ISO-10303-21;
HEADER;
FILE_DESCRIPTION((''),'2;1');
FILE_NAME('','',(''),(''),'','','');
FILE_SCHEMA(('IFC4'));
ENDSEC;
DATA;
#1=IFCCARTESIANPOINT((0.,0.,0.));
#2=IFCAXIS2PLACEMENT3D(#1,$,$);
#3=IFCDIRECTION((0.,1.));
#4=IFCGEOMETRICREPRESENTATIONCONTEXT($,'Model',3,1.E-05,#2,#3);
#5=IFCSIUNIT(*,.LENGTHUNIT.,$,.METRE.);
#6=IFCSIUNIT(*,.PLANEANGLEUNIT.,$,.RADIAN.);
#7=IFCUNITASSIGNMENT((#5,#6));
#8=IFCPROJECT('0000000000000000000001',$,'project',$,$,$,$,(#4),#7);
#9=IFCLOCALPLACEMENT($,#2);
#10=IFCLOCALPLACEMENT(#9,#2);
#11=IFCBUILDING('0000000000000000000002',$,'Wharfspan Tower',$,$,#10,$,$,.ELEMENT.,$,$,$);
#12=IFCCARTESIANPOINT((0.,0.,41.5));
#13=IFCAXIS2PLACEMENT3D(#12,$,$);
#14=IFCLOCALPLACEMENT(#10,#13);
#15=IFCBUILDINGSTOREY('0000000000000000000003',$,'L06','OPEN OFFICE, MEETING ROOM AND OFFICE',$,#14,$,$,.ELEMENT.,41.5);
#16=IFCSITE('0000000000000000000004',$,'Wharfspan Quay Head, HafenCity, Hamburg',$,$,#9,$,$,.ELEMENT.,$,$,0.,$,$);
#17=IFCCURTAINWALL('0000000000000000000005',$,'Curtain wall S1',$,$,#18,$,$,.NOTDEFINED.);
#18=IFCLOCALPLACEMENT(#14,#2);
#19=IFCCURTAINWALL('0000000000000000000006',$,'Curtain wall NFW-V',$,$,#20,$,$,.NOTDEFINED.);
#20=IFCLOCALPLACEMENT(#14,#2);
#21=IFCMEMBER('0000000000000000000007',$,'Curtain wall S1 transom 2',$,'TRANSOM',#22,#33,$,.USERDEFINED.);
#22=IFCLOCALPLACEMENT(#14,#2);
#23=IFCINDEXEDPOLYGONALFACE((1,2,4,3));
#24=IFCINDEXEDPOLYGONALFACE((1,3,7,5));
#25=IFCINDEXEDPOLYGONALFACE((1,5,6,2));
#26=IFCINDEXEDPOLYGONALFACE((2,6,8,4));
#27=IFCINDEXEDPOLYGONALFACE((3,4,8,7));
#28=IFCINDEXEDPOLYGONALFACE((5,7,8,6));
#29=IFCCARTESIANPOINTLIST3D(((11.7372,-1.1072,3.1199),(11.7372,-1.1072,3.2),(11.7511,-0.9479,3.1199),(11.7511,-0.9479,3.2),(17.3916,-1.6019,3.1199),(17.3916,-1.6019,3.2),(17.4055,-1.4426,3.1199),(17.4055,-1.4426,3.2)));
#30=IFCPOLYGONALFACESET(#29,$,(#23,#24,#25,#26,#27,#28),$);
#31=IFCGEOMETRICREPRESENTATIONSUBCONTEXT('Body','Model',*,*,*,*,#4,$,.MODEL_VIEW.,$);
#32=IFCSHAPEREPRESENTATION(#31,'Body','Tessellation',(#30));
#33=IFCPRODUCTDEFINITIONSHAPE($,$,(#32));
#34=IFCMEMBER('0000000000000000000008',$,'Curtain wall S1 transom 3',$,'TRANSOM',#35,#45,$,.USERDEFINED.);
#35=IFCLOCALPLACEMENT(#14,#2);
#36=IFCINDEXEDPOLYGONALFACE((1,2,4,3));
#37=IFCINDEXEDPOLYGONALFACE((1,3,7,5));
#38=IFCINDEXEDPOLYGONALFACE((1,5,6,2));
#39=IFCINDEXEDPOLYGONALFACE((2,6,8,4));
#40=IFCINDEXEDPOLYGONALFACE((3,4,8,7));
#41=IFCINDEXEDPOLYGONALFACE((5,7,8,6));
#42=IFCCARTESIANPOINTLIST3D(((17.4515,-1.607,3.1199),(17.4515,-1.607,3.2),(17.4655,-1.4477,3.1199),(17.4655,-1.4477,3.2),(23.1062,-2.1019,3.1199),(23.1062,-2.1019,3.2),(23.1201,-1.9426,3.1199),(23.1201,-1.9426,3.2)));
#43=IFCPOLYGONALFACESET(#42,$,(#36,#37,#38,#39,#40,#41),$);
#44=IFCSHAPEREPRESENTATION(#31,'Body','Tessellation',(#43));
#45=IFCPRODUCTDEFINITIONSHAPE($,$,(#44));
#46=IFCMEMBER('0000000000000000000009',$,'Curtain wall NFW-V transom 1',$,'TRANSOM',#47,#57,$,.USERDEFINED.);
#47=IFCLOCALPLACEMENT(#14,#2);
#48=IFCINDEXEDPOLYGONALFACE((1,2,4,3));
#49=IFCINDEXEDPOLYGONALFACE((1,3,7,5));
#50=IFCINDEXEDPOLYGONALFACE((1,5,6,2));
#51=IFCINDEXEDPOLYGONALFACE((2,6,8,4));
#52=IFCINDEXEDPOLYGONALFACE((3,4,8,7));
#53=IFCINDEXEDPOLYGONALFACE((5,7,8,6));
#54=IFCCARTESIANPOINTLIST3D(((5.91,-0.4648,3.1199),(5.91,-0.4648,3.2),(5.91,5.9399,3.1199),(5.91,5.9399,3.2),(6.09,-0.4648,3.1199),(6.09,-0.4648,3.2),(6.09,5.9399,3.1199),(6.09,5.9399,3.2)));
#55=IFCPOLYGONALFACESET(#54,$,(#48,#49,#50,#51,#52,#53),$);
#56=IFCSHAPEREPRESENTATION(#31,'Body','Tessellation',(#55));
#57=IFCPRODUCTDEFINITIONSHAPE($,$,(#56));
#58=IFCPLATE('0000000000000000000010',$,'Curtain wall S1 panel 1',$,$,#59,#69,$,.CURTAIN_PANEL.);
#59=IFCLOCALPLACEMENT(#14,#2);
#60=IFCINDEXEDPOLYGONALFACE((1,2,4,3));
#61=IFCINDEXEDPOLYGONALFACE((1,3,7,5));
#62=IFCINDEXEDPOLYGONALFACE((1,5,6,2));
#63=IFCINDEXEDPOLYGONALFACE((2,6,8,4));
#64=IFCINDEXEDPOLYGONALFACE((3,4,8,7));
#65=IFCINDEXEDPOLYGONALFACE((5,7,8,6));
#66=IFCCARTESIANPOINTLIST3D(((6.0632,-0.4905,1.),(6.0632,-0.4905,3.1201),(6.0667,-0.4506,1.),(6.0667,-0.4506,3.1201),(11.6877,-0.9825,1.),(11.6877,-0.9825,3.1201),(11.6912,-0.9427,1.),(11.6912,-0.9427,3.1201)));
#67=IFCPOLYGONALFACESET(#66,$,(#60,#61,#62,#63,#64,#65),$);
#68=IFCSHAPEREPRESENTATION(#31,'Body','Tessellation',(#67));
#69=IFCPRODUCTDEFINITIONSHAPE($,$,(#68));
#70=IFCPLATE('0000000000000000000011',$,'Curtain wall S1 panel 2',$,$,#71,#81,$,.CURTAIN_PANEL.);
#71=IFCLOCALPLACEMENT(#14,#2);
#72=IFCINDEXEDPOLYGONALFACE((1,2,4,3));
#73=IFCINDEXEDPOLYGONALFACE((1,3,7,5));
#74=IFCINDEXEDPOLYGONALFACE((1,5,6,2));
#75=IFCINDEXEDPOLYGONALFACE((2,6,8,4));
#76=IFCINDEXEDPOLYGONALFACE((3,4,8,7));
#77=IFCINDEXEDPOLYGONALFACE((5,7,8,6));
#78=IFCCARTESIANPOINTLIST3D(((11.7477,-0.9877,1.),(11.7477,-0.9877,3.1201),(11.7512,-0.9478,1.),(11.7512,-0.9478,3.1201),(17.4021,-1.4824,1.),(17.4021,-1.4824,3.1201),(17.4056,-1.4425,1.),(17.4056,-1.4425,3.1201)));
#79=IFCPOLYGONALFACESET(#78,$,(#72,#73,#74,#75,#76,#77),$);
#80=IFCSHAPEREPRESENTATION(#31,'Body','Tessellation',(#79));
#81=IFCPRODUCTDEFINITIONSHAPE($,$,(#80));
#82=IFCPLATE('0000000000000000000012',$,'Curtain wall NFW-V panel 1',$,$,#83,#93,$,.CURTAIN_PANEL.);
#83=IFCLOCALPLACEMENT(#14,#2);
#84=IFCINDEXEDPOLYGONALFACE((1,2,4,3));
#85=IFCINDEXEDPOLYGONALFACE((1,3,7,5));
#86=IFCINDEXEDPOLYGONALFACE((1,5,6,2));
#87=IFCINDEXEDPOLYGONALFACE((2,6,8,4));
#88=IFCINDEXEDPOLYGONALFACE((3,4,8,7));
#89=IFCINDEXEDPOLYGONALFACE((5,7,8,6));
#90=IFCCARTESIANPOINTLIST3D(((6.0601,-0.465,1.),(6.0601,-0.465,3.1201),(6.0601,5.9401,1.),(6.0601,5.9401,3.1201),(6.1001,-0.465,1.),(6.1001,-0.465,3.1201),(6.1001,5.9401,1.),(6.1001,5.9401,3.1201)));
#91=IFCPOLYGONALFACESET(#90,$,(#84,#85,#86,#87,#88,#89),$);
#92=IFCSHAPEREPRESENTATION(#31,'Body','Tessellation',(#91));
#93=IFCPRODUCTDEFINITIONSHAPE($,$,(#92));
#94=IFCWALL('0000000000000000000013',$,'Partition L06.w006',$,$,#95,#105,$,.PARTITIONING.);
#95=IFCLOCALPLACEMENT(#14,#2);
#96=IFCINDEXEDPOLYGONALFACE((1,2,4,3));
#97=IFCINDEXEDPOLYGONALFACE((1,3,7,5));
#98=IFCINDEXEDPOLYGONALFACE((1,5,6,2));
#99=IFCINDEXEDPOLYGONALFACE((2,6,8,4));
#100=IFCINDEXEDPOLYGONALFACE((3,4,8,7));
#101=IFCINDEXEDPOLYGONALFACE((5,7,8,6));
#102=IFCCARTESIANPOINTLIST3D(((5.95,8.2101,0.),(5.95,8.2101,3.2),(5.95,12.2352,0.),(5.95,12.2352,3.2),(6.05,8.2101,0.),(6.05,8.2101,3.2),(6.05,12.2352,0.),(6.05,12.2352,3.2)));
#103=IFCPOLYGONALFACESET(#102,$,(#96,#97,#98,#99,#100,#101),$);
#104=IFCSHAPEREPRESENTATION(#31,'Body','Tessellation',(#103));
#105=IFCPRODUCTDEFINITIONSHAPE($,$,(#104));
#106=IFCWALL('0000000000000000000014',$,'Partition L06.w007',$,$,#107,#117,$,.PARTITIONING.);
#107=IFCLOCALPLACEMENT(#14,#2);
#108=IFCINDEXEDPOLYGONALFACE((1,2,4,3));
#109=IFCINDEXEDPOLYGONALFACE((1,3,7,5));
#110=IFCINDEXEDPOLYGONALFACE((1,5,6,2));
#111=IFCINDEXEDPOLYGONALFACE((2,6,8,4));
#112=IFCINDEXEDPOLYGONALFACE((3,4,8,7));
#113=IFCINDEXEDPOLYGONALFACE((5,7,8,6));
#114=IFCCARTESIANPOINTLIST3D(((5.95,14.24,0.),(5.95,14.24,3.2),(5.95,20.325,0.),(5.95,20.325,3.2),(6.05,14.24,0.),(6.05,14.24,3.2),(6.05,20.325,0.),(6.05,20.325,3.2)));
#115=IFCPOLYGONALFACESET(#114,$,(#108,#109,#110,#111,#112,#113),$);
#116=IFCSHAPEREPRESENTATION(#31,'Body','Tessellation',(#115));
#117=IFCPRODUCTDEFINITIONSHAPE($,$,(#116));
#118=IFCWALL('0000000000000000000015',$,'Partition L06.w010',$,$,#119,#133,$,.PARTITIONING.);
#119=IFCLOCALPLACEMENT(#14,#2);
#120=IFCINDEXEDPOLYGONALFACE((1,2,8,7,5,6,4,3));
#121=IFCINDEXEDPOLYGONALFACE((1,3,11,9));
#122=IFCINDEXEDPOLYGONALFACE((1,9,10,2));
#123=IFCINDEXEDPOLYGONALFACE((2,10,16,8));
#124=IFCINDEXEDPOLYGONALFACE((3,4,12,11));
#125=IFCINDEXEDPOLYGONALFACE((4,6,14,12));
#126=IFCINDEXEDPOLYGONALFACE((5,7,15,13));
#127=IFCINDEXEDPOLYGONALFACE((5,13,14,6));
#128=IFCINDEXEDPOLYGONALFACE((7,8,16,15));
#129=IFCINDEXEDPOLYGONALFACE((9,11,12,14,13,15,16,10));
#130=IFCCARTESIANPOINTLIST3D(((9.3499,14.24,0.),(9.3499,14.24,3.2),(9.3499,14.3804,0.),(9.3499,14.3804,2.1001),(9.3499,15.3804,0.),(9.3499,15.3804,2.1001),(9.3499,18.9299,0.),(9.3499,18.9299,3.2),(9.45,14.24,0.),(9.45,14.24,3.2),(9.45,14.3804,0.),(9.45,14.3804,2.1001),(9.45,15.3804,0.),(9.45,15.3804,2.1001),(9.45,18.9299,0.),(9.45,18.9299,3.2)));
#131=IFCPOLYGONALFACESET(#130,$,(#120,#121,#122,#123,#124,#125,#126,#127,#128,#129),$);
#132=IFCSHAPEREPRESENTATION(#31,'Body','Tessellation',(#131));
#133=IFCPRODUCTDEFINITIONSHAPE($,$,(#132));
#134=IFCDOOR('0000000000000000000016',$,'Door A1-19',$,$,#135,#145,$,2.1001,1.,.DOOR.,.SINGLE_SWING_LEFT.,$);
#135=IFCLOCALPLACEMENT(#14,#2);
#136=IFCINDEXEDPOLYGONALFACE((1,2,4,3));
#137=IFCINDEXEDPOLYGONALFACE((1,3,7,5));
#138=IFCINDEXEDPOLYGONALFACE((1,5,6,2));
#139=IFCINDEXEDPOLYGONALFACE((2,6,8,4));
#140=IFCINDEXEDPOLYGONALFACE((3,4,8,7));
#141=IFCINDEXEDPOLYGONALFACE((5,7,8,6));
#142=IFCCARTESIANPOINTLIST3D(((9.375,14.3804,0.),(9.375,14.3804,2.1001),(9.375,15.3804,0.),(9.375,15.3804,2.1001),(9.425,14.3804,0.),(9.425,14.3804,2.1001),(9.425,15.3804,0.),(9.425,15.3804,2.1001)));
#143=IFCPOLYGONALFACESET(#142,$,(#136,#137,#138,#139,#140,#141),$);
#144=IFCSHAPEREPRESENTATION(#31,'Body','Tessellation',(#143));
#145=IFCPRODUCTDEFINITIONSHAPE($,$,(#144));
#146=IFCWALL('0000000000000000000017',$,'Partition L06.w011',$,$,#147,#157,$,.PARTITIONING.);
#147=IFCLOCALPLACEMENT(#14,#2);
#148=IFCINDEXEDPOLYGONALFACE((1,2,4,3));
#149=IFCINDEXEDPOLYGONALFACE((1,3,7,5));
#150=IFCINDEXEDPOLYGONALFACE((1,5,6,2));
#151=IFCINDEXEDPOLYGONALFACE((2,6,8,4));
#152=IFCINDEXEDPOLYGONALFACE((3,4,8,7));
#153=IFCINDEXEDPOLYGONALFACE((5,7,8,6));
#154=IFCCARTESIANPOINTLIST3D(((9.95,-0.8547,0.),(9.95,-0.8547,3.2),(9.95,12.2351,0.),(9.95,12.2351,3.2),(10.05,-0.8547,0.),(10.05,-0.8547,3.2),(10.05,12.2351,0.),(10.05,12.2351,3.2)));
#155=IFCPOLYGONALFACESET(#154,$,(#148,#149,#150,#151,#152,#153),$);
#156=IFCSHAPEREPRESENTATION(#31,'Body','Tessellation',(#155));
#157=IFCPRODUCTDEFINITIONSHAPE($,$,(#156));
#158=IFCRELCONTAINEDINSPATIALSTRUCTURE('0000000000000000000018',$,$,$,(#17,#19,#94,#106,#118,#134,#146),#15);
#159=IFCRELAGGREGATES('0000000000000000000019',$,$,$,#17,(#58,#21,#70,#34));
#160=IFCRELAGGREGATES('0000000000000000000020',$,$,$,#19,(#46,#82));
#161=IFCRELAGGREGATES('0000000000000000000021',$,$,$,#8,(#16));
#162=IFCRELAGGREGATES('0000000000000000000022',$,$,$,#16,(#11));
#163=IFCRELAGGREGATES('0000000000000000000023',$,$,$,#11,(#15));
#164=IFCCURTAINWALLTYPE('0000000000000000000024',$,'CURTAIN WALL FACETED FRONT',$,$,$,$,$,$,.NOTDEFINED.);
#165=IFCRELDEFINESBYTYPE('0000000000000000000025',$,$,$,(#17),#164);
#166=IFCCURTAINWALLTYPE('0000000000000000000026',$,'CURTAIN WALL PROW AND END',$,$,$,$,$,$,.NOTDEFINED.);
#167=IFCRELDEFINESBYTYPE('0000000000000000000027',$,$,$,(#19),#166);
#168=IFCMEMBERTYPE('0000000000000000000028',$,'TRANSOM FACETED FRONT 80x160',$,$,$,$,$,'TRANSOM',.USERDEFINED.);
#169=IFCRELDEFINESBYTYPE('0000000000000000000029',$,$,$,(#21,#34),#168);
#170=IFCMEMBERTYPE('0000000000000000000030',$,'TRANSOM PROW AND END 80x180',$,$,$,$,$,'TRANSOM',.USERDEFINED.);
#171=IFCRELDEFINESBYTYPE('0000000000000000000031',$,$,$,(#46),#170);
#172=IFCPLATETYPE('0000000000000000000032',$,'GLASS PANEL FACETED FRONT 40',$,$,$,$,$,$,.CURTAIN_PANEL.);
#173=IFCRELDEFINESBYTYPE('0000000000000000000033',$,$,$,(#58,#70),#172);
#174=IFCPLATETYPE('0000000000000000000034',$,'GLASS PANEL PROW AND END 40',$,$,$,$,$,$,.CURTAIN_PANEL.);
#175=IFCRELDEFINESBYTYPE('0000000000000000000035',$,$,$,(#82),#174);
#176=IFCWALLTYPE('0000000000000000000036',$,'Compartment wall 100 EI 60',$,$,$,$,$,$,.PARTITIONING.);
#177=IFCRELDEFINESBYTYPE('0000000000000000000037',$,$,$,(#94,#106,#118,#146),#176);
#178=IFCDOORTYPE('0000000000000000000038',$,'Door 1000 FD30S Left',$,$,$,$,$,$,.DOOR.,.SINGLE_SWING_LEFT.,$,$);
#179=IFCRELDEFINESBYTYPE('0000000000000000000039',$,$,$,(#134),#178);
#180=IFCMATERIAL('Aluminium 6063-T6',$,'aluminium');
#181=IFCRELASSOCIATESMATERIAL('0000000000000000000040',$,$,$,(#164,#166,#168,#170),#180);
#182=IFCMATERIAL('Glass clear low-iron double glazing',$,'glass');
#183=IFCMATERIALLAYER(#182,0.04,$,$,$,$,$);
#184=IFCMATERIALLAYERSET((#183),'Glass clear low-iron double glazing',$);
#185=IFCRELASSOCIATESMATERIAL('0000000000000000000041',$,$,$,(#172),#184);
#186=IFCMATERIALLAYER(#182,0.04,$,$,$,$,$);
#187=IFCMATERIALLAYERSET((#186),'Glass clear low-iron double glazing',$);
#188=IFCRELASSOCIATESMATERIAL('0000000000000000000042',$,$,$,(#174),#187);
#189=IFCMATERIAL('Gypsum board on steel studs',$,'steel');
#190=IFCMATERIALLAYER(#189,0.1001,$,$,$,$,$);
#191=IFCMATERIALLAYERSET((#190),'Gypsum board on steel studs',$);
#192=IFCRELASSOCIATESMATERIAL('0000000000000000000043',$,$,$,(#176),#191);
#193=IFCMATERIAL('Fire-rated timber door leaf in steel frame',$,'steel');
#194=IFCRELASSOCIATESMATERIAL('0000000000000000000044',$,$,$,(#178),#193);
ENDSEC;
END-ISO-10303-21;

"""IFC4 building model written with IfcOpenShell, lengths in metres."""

from ifc_helpers import new_model, si_unit, direction, frame, frame_2d, origin, origin_2d, place, context, subcontext, project, spatial, rectangle, extrude, material, layer, layer_set, material_profile, profile_set, type_object, element, fill, aggregate, save


model = new_model("IFC4")

# Units and contexts
model_context = context("Model", 3, precision=1e-05, world=origin(), true_north=direction((0.0, 1.0)))
body_context = subcontext(model_context, "Body", "Model", "MODEL_VIEW")
ifc_project = project(units=[si_unit("LENGTHUNIT", "METRE"), si_unit("PLANEANGLEUNIT", "RADIAN")], contexts=[model_context])

# Site, building, storey
site_placement = place(None, origin())
site = spatial("IfcSite", under=ifc_project, at=site_placement, Name="Wharfspan Quay Head, HafenCity, Hamburg", CompositionType="ELEMENT", RefElevation=0.0)
building_placement = place(site_placement, origin())
building = spatial("IfcBuilding", under=site, at=building_placement, Name="Wharfspan Tower", CompositionType="ELEMENT")
storey_placement = place(building_placement, frame((0.0, 0.0, 41.5)))
storey = spatial("IfcBuildingStorey", under=building, at=storey_placement, Name="L06", Description="OPEN OFFICE, MEETING ROOM AND OFFICE", CompositionType="ELEMENT", Elevation=41.5)

# Curtain wall
ifc_material_1 = material(Name="Aluminium 6063-T6", Category="aluminium")
curtain_wall_type_1 = type_object("IfcCurtainWallType", Name="CURTAIN WALL FACETED FRONT", PredefinedType="NOTDEFINED", material=ifc_material_1)
curtain_wall_1_placement = place(storey_placement, origin())
curtain_wall_1 = element("IfcCurtainWall", 1, at=curtain_wall_1_placement, inside=storey, type_object=curtain_wall_type_1, Name="Curtain wall S1", PredefinedType="NOTDEFINED")

# Curtain wall
curtain_wall_type_2 = type_object("IfcCurtainWallType", Name="CURTAIN WALL PROW AND END", PredefinedType="NOTDEFINED", material=ifc_material_1)
curtain_wall_2_placement = place(storey_placement, origin())
curtain_wall_2 = element("IfcCurtainWall", 2, at=curtain_wall_2_placement, inside=storey, type_object=curtain_wall_type_2, Name="Curtain wall NFW-V", PredefinedType="NOTDEFINED")

# Members
ifc_material_profile_1 = material_profile(ifc_material_1, rectangle(XDim=0.1599, YDim=0.0801, at=origin_2d()))
ifc_profile_set_1 = profile_set([ifc_material_profile_1], Name="Aluminium 6063-T6")
member_type_1 = type_object("IfcMemberType", Name="TRANSOM FACETED FRONT 80x160", ElementType="TRANSOM", PredefinedType="USERDEFINED", material=ifc_profile_set_1)
member_1_placement = place(storey_placement, frame((11.7441, -1.0276, 3.1599), z_axis=(0.996196, -0.087142, 0.0), x_axis=(0.087142, 0.996196, 0.0)))
member_1 = element("IfcMember", 3, at=member_1_placement, type_object=member_type_1, Name="Curtain wall S1 transom 2", ObjectType="TRANSOM", PredefinedType="USERDEFINED", context=body_context, shape_type="SweptSolid", body=[
    extrude(rectangle(XDim=0.1599, YDim=0.0801, at=origin_2d()), origin(), (0.0, 0.0, 1.0), 5.676),
])
member_2_placement = place(storey_placement, frame((17.4585, -1.5273, 3.1599), z_axis=(0.996192, -0.087185, 0.0), x_axis=(0.087185, 0.996192, 0.0)))
member_2 = element("IfcMember", 4, at=member_2_placement, type_object=member_type_1, Name="Curtain wall S1 transom 3", ObjectType="TRANSOM", PredefinedType="USERDEFINED", context=body_context, shape_type="SweptSolid", body=[
    extrude(rectangle(XDim=0.1599, YDim=0.0801, at=origin_2d()), origin(), (0.0, 0.0, 1.0), 5.6763),
])
ifc_material_profile_2 = material_profile(ifc_material_1, rectangle(XDim=0.1799, YDim=0.0801, at=origin_2d()))
ifc_profile_set_2 = profile_set([ifc_material_profile_2], Name="Aluminium 6063-T6")
member_type_2 = type_object("IfcMemberType", Name="TRANSOM PROW AND END 80x180", ElementType="TRANSOM", PredefinedType="USERDEFINED", material=ifc_profile_set_2)
member_3_placement = place(storey_placement, frame((6.0, 5.9399, 3.1599), z_axis=(0.0, -1.0, 0.0), x_axis=(1.0, 0.0, 0.0)))
member_3 = element("IfcMember", 5, at=member_3_placement, type_object=member_type_2, Name="Curtain wall NFW-V transom 1", ObjectType="TRANSOM", PredefinedType="USERDEFINED", context=body_context, shape_type="SweptSolid", body=[
    extrude(rectangle(XDim=0.1799, YDim=0.0801, at=origin_2d()), origin(), (0.0, 0.0, 1.0), 6.4048),
])

# Plates
ifc_material_2 = material(Name="Glass clear low-iron double glazing", Category="glass")
ifc_layer_1 = layer(ifc_material_2, 0.04)
ifc_layer_set_1 = layer_set([ifc_layer_1], Name="Glass clear low-iron double glazing")
plate_type_1 = type_object("IfcPlateType", Name="GLASS PANEL FACETED FRONT 40", PredefinedType="CURTAIN_PANEL", material=ifc_layer_set_1)
plate_1_placement = place(storey_placement, frame((8.8772, -0.7166, 1.0), z_axis=(0.0, 0.0, 1.0), x_axis=(0.996197, -0.087156, 0.0)))
plate_1 = element("IfcPlate", 6, at=plate_1_placement, type_object=plate_type_1, Name="Curtain wall S1 panel 1", PredefinedType="CURTAIN_PANEL", context=body_context, shape_type="SweptSolid", body=[
    extrude(rectangle(XDim=5.646, YDim=0.04, at=origin_2d()), origin(), (0.0, 0.0, 1.0), 2.1201),
])
plate_2_placement = place(storey_placement, frame((14.5767, -1.2151, 1.0), z_axis=(0.0, 0.0, 1.0), x_axis=(0.996197, -0.087156, 0.0)))
plate_2 = element("IfcPlate", 7, at=plate_2_placement, type_object=plate_type_1, Name="Curtain wall S1 panel 2", PredefinedType="CURTAIN_PANEL", context=body_context, shape_type="SweptSolid", body=[
    extrude(rectangle(XDim=5.676, YDim=0.04, at=origin_2d()), origin(), (0.0, 0.0, 1.0), 2.1201),
])
aggregate(curtain_wall_1, [plate_1, member_1, plate_2, member_2])
ifc_layer_2 = layer(ifc_material_2, 0.04)
ifc_layer_set_2 = layer_set([ifc_layer_2], Name="Glass clear low-iron double glazing")
plate_type_2 = type_object("IfcPlateType", Name="GLASS PANEL PROW AND END 40", PredefinedType="CURTAIN_PANEL", material=ifc_layer_set_2)
plate_3_placement = place(storey_placement, frame((6.0801, 2.7375, 1.0), z_axis=(0.0, 0.0, 1.0), x_axis=(0.0, -1.0, 0.0)))
plate_3 = element("IfcPlate", 8, at=plate_3_placement, type_object=plate_type_2, Name="Curtain wall NFW-V panel 1", PredefinedType="CURTAIN_PANEL", context=body_context, shape_type="SweptSolid", body=[
    extrude(rectangle(XDim=6.405, YDim=0.04, at=origin_2d()), origin(), (0.0, 0.0, 1.0), 2.1201),
])
aggregate(curtain_wall_2, [member_3, plate_3])

# Walls
ifc_material_3 = material(Name="Gypsum board on steel studs", Category="steel")
ifc_layer_3 = layer(ifc_material_3, 0.1001)
ifc_layer_set_3 = layer_set([ifc_layer_3], Name="Gypsum board on steel studs")
wall_type = type_object("IfcWallType", Name="Compartment wall 100 EI 60", PredefinedType="PARTITIONING", material=ifc_layer_set_3)
wall_1_placement = place(storey_placement, frame((6.0, 8.21, 0.0), z_axis=(0.0, 0.0, 1.0), x_axis=(0.0, 1.0, 0.0)))
element("IfcWall", 9, at=wall_1_placement, inside=storey, type_object=wall_type, Name="Partition L06.w006", PredefinedType="PARTITIONING", context=body_context, shape_type="SweptSolid", body=[
    extrude(rectangle(XDim=4.0251, YDim=0.1001, at=frame_2d((2.0127, 0.0))), origin(), (0.0, 0.0, 1.0), 3.2),
])
wall_2_placement = place(storey_placement, frame((6.0, 14.24, 0.0), z_axis=(0.0, 0.0, 1.0), x_axis=(0.0, 1.0, 0.0)))
element("IfcWall", 10, at=wall_2_placement, inside=storey, type_object=wall_type, Name="Partition L06.w007", PredefinedType="PARTITIONING", context=body_context, shape_type="SweptSolid", body=[
    extrude(rectangle(XDim=6.085, YDim=0.1001, at=frame_2d((3.0425, 0.0))), origin(), (0.0, 0.0, 1.0), 3.2),
])

# Wall, opening, door
wall_3_placement = place(storey_placement, frame((9.3999, 14.24, 0.0), z_axis=(0.0, 0.0, 1.0), x_axis=(0.0, 1.0, 0.0)))
wall_3 = element("IfcWall", 11, at=wall_3_placement, inside=storey, type_object=wall_type, Name="Partition L06.w010", PredefinedType="PARTITIONING", context=body_context, shape_type="SweptSolid", body=[
    extrude(rectangle(XDim=4.6899, YDim=0.1001, at=frame_2d((2.345, 0.0))), origin(), (0.0, 0.0, 1.0), 3.2),
])
opening_1_placement = place(wall_3_placement, frame((0.1404, 0.0, 0.0)))
opening_1 = element("IfcOpeningElement", 12, at=opening_1_placement, cuts=wall_3, PredefinedType="OPENING", context=body_context, shape_type="SweptSolid", body=[
    extrude(rectangle(XDim=1.0, YDim=2.1001, at=frame_2d((0.5, 1.05))), frame((0.0, 0.0601, 0.0), z_axis=(0.0, -1.0, 0.0), x_axis=(1.0, 0.0, 0.0)), (0.0, 0.0, 1.0), 0.1201),
])
ifc_material_4 = material(Name="Fire-rated timber door leaf in steel frame", Category="steel")
door_type_1 = type_object("IfcDoorType", Name="Door 1000 FD30S Left", OperationType="SINGLE_SWING_LEFT", PredefinedType="DOOR", material=ifc_material_4)
door_1_placement = place(opening_1_placement, origin())
door_1 = element("IfcDoor", 13, at=door_1_placement, inside=storey, type_object=door_type_1, Name="Door A1-19", OperationType="SINGLE_SWING_LEFT", OverallHeight=2.1001, OverallWidth=1.0, PredefinedType="DOOR", context=body_context, shape_type="SweptSolid", body=[
    extrude(rectangle(XDim=1.0, YDim=2.1001, at=frame_2d((0.5, 1.05))), frame((0.0, 0.0249, 0.0), z_axis=(0.0, -1.0, 0.0), x_axis=(1.0, 0.0, 0.0)), (0.0, 0.0, 1.0), 0.05),
])
fill(opening_1, door_1)

# Wall
wall_4_placement = place(storey_placement, frame((10.0, -0.8547, 0.0), z_axis=(0.0, 0.0, 1.0), x_axis=(0.0, 1.0, 0.0)))
element("IfcWall", 14, at=wall_4_placement, inside=storey, type_object=wall_type, Name="Partition L06.w011", PredefinedType="PARTITIONING", context=body_context, shape_type="SweptSolid", body=[
    extrude(rectangle(XDim=13.0898, YDim=0.1001, at=frame_2d((6.5449, 0.0))), origin(), (0.0, 0.0, 1.0), 3.2),
])

save(model, "model.ifc")
